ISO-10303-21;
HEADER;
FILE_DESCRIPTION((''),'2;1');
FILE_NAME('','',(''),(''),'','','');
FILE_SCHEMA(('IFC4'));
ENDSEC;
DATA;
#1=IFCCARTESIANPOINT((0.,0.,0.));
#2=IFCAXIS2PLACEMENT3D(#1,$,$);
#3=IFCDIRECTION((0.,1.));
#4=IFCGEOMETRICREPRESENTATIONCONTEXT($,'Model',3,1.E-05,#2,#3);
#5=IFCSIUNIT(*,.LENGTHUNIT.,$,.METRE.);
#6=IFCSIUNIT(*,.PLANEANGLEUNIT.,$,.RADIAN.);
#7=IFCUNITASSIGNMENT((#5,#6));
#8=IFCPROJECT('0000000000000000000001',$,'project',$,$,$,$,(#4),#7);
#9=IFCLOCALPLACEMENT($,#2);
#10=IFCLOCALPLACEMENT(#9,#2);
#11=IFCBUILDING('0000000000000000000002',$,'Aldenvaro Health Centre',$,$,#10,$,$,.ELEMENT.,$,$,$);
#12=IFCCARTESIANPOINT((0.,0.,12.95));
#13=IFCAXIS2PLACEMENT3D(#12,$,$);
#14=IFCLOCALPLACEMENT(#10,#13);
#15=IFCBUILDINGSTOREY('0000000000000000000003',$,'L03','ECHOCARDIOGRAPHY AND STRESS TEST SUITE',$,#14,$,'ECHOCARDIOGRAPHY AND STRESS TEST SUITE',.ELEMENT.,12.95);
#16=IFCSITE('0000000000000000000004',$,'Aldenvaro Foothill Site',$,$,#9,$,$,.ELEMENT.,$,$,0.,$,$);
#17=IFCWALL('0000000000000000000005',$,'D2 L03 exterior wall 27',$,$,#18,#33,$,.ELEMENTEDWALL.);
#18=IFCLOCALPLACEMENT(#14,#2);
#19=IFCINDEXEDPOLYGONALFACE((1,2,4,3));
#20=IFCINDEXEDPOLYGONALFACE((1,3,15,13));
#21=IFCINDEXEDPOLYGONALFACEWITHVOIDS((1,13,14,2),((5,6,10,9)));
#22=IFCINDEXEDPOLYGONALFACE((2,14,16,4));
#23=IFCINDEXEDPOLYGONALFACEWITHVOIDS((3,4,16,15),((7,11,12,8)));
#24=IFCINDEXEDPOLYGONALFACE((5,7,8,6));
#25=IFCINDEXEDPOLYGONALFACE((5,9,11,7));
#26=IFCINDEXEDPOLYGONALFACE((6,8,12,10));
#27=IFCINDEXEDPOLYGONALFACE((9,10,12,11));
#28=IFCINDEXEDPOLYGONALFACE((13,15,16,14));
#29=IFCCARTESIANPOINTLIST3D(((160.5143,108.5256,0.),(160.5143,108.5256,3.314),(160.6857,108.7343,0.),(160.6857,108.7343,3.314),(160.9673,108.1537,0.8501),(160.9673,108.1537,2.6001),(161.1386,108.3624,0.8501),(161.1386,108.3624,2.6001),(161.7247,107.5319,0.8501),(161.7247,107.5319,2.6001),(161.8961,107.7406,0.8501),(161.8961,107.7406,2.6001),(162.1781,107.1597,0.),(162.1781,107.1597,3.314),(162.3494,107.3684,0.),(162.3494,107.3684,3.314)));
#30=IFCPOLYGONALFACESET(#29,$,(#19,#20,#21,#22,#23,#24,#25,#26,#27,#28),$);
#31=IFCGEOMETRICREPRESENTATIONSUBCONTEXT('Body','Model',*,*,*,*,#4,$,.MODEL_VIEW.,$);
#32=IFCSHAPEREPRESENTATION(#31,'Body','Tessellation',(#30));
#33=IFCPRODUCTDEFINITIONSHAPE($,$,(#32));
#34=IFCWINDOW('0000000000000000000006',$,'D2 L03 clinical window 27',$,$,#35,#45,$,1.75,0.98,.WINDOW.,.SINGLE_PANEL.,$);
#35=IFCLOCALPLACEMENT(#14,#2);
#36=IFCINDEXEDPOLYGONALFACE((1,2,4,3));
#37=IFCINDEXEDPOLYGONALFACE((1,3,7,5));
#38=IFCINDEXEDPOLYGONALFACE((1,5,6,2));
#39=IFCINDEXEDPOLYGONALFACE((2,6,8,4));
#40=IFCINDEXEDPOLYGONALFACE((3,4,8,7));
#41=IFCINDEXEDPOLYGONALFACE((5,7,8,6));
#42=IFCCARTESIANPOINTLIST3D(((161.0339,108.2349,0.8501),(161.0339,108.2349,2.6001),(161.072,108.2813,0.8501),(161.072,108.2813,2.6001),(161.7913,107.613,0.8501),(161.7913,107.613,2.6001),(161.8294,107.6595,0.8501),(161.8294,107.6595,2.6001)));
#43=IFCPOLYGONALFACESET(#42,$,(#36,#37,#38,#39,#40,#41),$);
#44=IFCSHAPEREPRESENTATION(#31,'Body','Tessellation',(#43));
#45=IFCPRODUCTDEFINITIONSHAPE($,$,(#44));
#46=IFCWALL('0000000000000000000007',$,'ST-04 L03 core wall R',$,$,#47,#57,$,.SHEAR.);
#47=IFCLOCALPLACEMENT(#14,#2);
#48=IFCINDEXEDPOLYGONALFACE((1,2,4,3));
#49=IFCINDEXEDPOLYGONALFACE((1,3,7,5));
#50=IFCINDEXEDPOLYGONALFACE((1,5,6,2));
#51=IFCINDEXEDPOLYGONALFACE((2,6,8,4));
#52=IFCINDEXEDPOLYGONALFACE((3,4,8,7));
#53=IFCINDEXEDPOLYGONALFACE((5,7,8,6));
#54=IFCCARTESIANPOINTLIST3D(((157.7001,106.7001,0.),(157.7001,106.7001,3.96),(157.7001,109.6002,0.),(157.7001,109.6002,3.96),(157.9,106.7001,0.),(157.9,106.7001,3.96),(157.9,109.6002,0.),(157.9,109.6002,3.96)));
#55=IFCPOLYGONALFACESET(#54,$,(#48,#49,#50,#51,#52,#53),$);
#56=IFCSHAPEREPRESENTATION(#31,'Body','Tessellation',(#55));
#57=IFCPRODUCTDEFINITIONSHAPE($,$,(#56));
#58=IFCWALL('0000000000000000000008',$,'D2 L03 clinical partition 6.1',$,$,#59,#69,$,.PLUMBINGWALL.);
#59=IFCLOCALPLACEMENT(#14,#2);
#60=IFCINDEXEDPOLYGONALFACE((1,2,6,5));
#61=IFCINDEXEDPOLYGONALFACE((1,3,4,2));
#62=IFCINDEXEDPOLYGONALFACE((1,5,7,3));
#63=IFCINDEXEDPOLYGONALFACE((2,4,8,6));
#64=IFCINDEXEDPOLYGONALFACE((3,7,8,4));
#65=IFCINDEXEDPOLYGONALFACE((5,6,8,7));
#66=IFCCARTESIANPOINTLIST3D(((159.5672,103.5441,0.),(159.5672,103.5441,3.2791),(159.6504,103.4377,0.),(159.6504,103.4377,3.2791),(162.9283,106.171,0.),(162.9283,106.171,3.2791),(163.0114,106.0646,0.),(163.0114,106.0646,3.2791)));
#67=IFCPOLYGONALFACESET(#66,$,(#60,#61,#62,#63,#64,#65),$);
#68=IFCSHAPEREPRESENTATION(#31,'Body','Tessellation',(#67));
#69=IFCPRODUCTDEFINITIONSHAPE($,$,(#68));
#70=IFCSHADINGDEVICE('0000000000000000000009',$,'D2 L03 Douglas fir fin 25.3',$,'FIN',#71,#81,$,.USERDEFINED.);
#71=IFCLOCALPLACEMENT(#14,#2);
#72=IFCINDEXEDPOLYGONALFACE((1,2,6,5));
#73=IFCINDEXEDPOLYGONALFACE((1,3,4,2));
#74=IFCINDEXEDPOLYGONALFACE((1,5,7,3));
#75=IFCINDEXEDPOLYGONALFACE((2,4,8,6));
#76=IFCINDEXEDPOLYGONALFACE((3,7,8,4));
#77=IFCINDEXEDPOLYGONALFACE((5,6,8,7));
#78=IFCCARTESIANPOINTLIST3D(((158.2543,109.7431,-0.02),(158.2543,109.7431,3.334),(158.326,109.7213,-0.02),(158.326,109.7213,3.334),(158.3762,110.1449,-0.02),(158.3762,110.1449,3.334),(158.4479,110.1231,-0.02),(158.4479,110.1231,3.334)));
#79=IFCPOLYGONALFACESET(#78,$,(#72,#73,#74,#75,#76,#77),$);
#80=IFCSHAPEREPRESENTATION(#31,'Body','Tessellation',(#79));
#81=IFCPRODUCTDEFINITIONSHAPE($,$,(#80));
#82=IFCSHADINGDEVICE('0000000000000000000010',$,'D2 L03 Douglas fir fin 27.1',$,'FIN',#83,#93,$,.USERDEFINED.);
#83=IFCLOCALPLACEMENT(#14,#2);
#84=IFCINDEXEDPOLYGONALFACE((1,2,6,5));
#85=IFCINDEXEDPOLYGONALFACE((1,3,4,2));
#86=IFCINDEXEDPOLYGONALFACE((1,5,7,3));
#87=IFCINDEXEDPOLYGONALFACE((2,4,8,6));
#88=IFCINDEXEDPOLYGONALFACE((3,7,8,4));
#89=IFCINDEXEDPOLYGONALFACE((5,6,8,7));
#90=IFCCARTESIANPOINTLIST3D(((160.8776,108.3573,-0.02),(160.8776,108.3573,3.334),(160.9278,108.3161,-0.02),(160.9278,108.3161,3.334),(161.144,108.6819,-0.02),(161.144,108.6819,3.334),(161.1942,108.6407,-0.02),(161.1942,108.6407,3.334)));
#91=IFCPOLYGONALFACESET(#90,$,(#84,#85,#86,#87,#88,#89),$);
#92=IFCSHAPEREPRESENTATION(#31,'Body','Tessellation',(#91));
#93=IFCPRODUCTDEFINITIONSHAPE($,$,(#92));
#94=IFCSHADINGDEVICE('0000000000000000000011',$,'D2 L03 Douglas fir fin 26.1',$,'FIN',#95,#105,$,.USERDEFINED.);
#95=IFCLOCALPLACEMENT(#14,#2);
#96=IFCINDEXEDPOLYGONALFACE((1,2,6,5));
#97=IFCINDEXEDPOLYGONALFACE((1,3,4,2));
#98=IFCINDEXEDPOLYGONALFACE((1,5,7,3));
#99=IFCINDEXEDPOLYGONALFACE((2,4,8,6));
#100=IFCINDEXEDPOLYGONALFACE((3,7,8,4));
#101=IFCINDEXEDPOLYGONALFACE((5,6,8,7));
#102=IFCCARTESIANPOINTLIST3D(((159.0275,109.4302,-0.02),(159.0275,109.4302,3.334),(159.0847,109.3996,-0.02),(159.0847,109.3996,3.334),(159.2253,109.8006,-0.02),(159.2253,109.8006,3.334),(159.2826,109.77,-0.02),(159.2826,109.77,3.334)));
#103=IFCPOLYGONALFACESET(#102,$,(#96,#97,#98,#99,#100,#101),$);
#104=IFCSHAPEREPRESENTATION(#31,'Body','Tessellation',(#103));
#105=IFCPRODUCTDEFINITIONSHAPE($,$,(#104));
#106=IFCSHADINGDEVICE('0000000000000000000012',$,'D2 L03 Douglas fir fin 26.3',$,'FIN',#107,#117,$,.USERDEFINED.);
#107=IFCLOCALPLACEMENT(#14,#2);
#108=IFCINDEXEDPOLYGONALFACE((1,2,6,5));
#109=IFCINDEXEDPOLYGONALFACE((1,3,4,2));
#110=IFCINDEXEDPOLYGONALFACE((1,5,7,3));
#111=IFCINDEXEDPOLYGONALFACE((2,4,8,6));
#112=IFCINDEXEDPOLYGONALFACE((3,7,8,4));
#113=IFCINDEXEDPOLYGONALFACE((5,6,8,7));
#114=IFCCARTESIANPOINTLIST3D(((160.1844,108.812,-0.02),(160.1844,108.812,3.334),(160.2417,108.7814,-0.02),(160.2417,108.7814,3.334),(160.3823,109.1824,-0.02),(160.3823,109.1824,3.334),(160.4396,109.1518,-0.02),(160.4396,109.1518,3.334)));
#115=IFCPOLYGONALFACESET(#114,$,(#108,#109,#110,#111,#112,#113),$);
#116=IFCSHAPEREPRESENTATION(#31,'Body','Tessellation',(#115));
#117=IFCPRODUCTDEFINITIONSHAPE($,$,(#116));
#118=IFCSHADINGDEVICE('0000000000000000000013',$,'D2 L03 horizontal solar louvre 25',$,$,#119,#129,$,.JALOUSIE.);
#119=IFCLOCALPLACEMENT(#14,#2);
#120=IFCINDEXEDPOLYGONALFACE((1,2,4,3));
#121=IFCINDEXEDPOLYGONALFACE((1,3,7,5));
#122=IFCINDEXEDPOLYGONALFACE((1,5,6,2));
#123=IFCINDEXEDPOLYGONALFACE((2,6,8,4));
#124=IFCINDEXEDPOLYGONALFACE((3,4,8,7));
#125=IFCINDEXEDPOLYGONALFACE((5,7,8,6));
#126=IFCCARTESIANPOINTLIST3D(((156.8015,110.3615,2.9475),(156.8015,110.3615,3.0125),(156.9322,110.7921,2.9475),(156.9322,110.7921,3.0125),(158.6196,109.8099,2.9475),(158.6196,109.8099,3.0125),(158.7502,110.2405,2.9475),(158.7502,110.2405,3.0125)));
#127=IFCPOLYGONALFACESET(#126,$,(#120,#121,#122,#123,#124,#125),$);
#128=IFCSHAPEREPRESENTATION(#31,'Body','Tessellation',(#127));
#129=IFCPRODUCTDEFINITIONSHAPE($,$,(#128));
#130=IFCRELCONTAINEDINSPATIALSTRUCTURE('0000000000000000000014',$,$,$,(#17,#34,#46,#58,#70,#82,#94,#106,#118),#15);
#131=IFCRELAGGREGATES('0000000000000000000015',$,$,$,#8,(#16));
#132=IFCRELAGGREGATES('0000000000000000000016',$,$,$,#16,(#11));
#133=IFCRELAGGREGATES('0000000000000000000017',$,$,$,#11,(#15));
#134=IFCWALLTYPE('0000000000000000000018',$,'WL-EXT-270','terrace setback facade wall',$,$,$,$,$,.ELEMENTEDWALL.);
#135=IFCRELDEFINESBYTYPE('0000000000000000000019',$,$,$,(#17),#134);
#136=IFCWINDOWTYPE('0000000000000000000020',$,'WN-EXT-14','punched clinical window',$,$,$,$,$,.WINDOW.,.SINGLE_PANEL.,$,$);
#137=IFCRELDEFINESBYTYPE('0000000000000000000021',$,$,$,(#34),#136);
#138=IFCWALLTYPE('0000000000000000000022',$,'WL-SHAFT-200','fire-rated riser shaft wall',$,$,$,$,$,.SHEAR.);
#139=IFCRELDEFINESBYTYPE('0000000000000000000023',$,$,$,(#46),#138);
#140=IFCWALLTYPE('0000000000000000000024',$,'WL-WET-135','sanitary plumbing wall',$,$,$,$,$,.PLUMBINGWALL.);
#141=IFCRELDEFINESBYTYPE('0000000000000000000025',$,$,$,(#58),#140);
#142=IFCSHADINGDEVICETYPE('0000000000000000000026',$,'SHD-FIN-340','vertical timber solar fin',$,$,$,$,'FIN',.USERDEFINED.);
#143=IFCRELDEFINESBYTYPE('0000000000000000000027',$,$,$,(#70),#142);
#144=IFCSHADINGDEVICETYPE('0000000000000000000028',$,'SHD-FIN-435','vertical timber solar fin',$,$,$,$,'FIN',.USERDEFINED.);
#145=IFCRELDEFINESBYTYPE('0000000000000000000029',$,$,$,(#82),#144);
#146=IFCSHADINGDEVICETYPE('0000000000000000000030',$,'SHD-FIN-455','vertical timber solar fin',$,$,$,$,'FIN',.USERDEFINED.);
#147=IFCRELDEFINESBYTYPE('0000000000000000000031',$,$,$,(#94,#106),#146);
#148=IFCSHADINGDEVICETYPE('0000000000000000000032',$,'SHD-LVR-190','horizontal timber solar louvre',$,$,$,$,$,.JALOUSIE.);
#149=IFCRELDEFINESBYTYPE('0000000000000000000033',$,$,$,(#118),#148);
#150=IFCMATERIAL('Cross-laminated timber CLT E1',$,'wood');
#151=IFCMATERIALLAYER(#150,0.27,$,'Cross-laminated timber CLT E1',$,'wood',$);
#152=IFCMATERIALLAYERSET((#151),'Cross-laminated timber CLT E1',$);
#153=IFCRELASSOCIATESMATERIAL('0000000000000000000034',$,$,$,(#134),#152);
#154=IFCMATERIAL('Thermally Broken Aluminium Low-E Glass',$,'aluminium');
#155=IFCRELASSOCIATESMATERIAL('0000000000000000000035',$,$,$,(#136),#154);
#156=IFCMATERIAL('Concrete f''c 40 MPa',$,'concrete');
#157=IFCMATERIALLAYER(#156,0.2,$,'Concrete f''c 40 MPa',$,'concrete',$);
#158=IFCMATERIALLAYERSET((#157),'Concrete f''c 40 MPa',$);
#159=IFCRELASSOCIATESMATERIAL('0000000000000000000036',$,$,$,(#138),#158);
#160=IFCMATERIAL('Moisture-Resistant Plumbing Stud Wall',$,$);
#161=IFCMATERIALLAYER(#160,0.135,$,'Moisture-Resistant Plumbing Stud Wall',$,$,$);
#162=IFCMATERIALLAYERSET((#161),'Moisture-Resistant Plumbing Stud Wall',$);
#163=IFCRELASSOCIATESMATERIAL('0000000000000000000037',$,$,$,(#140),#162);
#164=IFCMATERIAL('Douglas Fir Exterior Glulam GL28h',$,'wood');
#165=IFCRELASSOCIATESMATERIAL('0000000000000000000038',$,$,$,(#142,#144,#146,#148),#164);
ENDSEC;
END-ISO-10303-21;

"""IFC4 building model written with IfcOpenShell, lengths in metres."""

from ifc_helpers import new_model, si_unit, direction, frame, frame_2d, origin, origin_2d, place, context, subcontext, project, spatial, rectangle, extrude, material, layer, layer_set, type_object, element, fill, save


model = new_model("IFC4")

# Units and contexts
model_context = context("Model", 3, precision=1e-05, world=origin(), true_north=direction((0.0, 1.0)))
body_context = subcontext(model_context, "Body", "Model", "MODEL_VIEW")
ifc_project = project(units=[si_unit("LENGTHUNIT", "METRE"), si_unit("PLANEANGLEUNIT", "RADIAN")], contexts=[model_context])

# Site, building, storey
site_placement = place(None, origin())
site = spatial("IfcSite", under=ifc_project, at=site_placement, Name="Aldenvaro Foothill Site", CompositionType="ELEMENT", RefElevation=0.0)
building_placement = place(site_placement, origin())
building = spatial("IfcBuilding", under=site, at=building_placement, Name="Aldenvaro Health Centre", CompositionType="ELEMENT")
storey_placement = place(building_placement, frame((0.0, 0.0, 12.95)))
storey = spatial("IfcBuildingStorey", under=building, at=storey_placement, Name="L03", Description="ECHOCARDIOGRAPHY AND STRESS TEST SUITE", LongName="ECHOCARDIOGRAPHY AND STRESS TEST SUITE", CompositionType="ELEMENT", Elevation=12.95)

# Wall, opening, window
ifc_material_1 = material(Name="Cross-laminated timber CLT E1", Category="wood")
ifc_layer_1 = layer(ifc_material_1, 0.27, Name="Cross-laminated timber CLT E1", Category="wood")
ifc_layer_set_1 = layer_set([ifc_layer_1], Name="Cross-laminated timber CLT E1")
wall_type_1 = type_object("IfcWallType", Name="WL-EXT-270", Description="terrace setback facade wall", PredefinedType="ELEMENTEDWALL", material=ifc_layer_set_1)
ifc_material_2 = material(Name="Thermally Broken Aluminium Low-E Glass", Category="aluminium")
wall_1_placement = place(storey_placement, frame((160.6001, 108.6299, 0.0), z_axis=(0.0, 0.0, 1.0), x_axis=(0.772895, -0.634534, 0.0)))
wall_1 = element("IfcWall", 1, at=wall_1_placement, inside=storey, type_object=wall_type_1, Name="D2 L03 exterior wall 27", PredefinedType="ELEMENTEDWALL", context=body_context, shape_type="SweptSolid", body=[
    extrude(rectangle(XDim=2.1526, YDim=0.27, at=frame_2d((1.0762, 0.0))), origin(), (0.0, 0.0, 1.0), 3.314),
])
opening_1_placement = place(wall_1_placement, frame((0.5859, 0.0, 0.8501)))
opening_1 = element("IfcOpeningElement", 2, at=opening_1_placement, cuts=wall_1, PredefinedType="OPENING", context=body_context, shape_type="SweptSolid", body=[
    extrude(rectangle(XDim=0.98, YDim=1.75, at=frame_2d((0.49, 0.875))), frame((0.0, 0.145, 0.0), z_axis=(0.0, -1.0, 0.0), x_axis=(1.0, 0.0, 0.0)), (0.0, 0.0, 1.0), 0.29),
])
window_type_1 = type_object("IfcWindowType", Name="WN-EXT-14", Description="punched clinical window", PartitioningType="SINGLE_PANEL", PredefinedType="WINDOW", material=ifc_material_2)
window_1_placement = place(opening_1_placement, origin())
window_1 = element("IfcWindow", 3, at=window_1_placement, inside=storey, type_object=window_type_1, Name="D2 L03 clinical window 27", OverallHeight=1.75, OverallWidth=0.98, PartitioningType="SINGLE_PANEL", PredefinedType="WINDOW", context=body_context, shape_type="SweptSolid", body=[
    extrude(rectangle(XDim=0.98, YDim=1.75, at=frame_2d((0.49, 0.875))), frame((0.0, 0.03, 0.0), z_axis=(0.0, -1.0, 0.0), x_axis=(1.0, 0.0, 0.0)), (0.0, 0.0, 1.0), 0.0601),
])
fill(opening_1, window_1)

# Walls
ifc_material_3 = material(Name="Concrete f'c 40 MPa", Category="concrete")
ifc_layer_2 = layer(ifc_material_3, 0.2, Name="Concrete f'c 40 MPa", Category="concrete")
ifc_layer_set_2 = layer_set([ifc_layer_2], Name="Concrete f'c 40 MPa")
wall_type_2 = type_object("IfcWallType", Name="WL-SHAFT-200", Description="fire-rated riser shaft wall", PredefinedType="SHEAR", material=ifc_layer_set_2)
wall_2_placement = place(storey_placement, frame((157.8, 106.7, 0.0), z_axis=(0.0, 0.0, 1.0), x_axis=(0.0, 1.0, 0.0)))
element("IfcWall", 4, at=wall_2_placement, inside=storey, type_object=wall_type_2, Name="ST-04 L03 core wall R", PredefinedType="SHEAR", context=body_context, shape_type="SweptSolid", body=[
    extrude(rectangle(XDim=2.9001, YDim=0.2, at=frame_2d((1.4502, 0.0))), origin(), (0.0, 0.0, 1.0), 3.96),
])
ifc_material_4 = material(Name="Moisture-Resistant Plumbing Stud Wall")
ifc_layer_3 = layer(ifc_material_4, 0.135, Name="Moisture-Resistant Plumbing Stud Wall")
ifc_layer_set_3 = layer_set([ifc_layer_3], Name="Moisture-Resistant Plumbing Stud Wall")
wall_type_3 = type_object("IfcWallType", Name="WL-WET-135", Description="sanitary plumbing wall", PredefinedType="PLUMBINGWALL", material=ifc_layer_set_3)
wall_3_placement = place(storey_placement, frame((159.6089, 103.491, 0.0), z_axis=(0.0, 0.0, 1.0), x_axis=(0.787899, 0.615805, 0.0)))
element("IfcWall", 5, at=wall_3_placement, inside=storey, type_object=wall_type_3, Name="D2 L03 clinical partition 6.1", PredefinedType="PLUMBINGWALL", context=body_context, shape_type="SweptSolid", body=[
    extrude(rectangle(XDim=4.2659, YDim=0.135, at=frame_2d((2.1328, 0.0))), origin(), (0.0, 0.0, 1.0), 3.2791),
])

# Shading devices
ifc_material_5 = material(Name="Douglas Fir Exterior Glulam GL28h", Category="wood")
shading_device_type_1 = type_object("IfcShadingDeviceType", Name="SHD-FIN-340", Description="vertical timber solar fin", ElementType="FIN", PredefinedType="USERDEFINED", material=ifc_material_5)
shading_device_1_placement = place(storey_placement, frame((158.3511, 109.9331, -0.02), z_axis=(0.0, 0.0, 1.0), x_axis=(0.956927, -0.29033, 0.0)))
element("IfcShadingDevice", 6, at=shading_device_1_placement, inside=storey, type_object=shading_device_type_1, Name="D2 L03 Douglas fir fin 25.3", ObjectType="FIN", PredefinedType="USERDEFINED", context=body_context, shape_type="SweptSolid", body=[
    extrude(rectangle(XDim=0.075, YDim=0.4199, at=origin_2d()), origin(), (0.0, 0.0, 1.0), 3.354),
])
shading_device_type_2 = type_object("IfcShadingDeviceType", Name="SHD-FIN-435", Description="vertical timber solar fin", ElementType="FIN", PredefinedType="USERDEFINED", material=ifc_material_5)
shading_device_2_placement = place(storey_placement, frame((161.0359, 108.499, -0.02), z_axis=(0.0, 0.0, 1.0), x_axis=(0.772921, -0.634502, 0.0)))
element("IfcShadingDevice", 7, at=shading_device_2_placement, inside=storey, type_object=shading_device_type_2, Name="D2 L03 Douglas fir fin 27.1", ObjectType="FIN", PredefinedType="USERDEFINED", context=body_context, shape_type="SweptSolid", body=[
    extrude(rectangle(XDim=0.0649, YDim=0.4199, at=origin_2d()), origin(), (0.0, 0.0, 1.0), 3.354),
])
shading_device_type_3 = type_object("IfcShadingDeviceType", Name="SHD-FIN-455", Description="vertical timber solar fin", ElementType="FIN", PredefinedType="USERDEFINED", material=ifc_material_5)
for number, where, z_axis, x_axis, name in (
    (8, (159.155, 109.6001, -0.02), (0.0, 0.0, 1.0), (0.882018, -0.471215, 0.0), "D2 L03 Douglas fir fin 26.1"),
    (9, (160.312, 108.9819, -0.02), (0.0, 0.0, 1.0), (0.882018, -0.471215, 0.0), "D2 L03 Douglas fir fin 26.3"),
):
    element("IfcShadingDevice", number, at=place(storey_placement, frame(where, z_axis=z_axis, x_axis=x_axis)), inside=storey, type_object=shading_device_type_3, Name=name, ObjectType="FIN", PredefinedType="USERDEFINED", context=body_context, shape_type="SweptSolid", body=[
        extrude(rectangle(XDim=0.0649, YDim=0.4199, at=origin_2d()), origin(), (0.0, 0.0, 1.0), 3.354),
    ])
shading_device_type_4 = type_object("IfcShadingDeviceType", Name="SHD-LVR-190", Description="horizontal timber solar louvre", PredefinedType="JALOUSIE", material=ifc_material_5)
shading_device_3_placement = place(storey_placement, frame((157.7759, 110.301, 2.9475), z_axis=(0.0, 0.0, 1.0), x_axis=(0.956927, -0.29033, 0.0)))
element("IfcShadingDevice", 10, at=shading_device_3_placement, inside=storey, type_object=shading_device_type_4, Name="D2 L03 horizontal solar louvre 25", PredefinedType="JALOUSIE", context=body_context, shape_type="SweptSolid", body=[
    extrude(rectangle(XDim=1.8999, YDim=0.45, at=origin_2d()), origin(), (0.0, 0.0, 1.0), 0.0649),
])

save(model, "model.ifc")
